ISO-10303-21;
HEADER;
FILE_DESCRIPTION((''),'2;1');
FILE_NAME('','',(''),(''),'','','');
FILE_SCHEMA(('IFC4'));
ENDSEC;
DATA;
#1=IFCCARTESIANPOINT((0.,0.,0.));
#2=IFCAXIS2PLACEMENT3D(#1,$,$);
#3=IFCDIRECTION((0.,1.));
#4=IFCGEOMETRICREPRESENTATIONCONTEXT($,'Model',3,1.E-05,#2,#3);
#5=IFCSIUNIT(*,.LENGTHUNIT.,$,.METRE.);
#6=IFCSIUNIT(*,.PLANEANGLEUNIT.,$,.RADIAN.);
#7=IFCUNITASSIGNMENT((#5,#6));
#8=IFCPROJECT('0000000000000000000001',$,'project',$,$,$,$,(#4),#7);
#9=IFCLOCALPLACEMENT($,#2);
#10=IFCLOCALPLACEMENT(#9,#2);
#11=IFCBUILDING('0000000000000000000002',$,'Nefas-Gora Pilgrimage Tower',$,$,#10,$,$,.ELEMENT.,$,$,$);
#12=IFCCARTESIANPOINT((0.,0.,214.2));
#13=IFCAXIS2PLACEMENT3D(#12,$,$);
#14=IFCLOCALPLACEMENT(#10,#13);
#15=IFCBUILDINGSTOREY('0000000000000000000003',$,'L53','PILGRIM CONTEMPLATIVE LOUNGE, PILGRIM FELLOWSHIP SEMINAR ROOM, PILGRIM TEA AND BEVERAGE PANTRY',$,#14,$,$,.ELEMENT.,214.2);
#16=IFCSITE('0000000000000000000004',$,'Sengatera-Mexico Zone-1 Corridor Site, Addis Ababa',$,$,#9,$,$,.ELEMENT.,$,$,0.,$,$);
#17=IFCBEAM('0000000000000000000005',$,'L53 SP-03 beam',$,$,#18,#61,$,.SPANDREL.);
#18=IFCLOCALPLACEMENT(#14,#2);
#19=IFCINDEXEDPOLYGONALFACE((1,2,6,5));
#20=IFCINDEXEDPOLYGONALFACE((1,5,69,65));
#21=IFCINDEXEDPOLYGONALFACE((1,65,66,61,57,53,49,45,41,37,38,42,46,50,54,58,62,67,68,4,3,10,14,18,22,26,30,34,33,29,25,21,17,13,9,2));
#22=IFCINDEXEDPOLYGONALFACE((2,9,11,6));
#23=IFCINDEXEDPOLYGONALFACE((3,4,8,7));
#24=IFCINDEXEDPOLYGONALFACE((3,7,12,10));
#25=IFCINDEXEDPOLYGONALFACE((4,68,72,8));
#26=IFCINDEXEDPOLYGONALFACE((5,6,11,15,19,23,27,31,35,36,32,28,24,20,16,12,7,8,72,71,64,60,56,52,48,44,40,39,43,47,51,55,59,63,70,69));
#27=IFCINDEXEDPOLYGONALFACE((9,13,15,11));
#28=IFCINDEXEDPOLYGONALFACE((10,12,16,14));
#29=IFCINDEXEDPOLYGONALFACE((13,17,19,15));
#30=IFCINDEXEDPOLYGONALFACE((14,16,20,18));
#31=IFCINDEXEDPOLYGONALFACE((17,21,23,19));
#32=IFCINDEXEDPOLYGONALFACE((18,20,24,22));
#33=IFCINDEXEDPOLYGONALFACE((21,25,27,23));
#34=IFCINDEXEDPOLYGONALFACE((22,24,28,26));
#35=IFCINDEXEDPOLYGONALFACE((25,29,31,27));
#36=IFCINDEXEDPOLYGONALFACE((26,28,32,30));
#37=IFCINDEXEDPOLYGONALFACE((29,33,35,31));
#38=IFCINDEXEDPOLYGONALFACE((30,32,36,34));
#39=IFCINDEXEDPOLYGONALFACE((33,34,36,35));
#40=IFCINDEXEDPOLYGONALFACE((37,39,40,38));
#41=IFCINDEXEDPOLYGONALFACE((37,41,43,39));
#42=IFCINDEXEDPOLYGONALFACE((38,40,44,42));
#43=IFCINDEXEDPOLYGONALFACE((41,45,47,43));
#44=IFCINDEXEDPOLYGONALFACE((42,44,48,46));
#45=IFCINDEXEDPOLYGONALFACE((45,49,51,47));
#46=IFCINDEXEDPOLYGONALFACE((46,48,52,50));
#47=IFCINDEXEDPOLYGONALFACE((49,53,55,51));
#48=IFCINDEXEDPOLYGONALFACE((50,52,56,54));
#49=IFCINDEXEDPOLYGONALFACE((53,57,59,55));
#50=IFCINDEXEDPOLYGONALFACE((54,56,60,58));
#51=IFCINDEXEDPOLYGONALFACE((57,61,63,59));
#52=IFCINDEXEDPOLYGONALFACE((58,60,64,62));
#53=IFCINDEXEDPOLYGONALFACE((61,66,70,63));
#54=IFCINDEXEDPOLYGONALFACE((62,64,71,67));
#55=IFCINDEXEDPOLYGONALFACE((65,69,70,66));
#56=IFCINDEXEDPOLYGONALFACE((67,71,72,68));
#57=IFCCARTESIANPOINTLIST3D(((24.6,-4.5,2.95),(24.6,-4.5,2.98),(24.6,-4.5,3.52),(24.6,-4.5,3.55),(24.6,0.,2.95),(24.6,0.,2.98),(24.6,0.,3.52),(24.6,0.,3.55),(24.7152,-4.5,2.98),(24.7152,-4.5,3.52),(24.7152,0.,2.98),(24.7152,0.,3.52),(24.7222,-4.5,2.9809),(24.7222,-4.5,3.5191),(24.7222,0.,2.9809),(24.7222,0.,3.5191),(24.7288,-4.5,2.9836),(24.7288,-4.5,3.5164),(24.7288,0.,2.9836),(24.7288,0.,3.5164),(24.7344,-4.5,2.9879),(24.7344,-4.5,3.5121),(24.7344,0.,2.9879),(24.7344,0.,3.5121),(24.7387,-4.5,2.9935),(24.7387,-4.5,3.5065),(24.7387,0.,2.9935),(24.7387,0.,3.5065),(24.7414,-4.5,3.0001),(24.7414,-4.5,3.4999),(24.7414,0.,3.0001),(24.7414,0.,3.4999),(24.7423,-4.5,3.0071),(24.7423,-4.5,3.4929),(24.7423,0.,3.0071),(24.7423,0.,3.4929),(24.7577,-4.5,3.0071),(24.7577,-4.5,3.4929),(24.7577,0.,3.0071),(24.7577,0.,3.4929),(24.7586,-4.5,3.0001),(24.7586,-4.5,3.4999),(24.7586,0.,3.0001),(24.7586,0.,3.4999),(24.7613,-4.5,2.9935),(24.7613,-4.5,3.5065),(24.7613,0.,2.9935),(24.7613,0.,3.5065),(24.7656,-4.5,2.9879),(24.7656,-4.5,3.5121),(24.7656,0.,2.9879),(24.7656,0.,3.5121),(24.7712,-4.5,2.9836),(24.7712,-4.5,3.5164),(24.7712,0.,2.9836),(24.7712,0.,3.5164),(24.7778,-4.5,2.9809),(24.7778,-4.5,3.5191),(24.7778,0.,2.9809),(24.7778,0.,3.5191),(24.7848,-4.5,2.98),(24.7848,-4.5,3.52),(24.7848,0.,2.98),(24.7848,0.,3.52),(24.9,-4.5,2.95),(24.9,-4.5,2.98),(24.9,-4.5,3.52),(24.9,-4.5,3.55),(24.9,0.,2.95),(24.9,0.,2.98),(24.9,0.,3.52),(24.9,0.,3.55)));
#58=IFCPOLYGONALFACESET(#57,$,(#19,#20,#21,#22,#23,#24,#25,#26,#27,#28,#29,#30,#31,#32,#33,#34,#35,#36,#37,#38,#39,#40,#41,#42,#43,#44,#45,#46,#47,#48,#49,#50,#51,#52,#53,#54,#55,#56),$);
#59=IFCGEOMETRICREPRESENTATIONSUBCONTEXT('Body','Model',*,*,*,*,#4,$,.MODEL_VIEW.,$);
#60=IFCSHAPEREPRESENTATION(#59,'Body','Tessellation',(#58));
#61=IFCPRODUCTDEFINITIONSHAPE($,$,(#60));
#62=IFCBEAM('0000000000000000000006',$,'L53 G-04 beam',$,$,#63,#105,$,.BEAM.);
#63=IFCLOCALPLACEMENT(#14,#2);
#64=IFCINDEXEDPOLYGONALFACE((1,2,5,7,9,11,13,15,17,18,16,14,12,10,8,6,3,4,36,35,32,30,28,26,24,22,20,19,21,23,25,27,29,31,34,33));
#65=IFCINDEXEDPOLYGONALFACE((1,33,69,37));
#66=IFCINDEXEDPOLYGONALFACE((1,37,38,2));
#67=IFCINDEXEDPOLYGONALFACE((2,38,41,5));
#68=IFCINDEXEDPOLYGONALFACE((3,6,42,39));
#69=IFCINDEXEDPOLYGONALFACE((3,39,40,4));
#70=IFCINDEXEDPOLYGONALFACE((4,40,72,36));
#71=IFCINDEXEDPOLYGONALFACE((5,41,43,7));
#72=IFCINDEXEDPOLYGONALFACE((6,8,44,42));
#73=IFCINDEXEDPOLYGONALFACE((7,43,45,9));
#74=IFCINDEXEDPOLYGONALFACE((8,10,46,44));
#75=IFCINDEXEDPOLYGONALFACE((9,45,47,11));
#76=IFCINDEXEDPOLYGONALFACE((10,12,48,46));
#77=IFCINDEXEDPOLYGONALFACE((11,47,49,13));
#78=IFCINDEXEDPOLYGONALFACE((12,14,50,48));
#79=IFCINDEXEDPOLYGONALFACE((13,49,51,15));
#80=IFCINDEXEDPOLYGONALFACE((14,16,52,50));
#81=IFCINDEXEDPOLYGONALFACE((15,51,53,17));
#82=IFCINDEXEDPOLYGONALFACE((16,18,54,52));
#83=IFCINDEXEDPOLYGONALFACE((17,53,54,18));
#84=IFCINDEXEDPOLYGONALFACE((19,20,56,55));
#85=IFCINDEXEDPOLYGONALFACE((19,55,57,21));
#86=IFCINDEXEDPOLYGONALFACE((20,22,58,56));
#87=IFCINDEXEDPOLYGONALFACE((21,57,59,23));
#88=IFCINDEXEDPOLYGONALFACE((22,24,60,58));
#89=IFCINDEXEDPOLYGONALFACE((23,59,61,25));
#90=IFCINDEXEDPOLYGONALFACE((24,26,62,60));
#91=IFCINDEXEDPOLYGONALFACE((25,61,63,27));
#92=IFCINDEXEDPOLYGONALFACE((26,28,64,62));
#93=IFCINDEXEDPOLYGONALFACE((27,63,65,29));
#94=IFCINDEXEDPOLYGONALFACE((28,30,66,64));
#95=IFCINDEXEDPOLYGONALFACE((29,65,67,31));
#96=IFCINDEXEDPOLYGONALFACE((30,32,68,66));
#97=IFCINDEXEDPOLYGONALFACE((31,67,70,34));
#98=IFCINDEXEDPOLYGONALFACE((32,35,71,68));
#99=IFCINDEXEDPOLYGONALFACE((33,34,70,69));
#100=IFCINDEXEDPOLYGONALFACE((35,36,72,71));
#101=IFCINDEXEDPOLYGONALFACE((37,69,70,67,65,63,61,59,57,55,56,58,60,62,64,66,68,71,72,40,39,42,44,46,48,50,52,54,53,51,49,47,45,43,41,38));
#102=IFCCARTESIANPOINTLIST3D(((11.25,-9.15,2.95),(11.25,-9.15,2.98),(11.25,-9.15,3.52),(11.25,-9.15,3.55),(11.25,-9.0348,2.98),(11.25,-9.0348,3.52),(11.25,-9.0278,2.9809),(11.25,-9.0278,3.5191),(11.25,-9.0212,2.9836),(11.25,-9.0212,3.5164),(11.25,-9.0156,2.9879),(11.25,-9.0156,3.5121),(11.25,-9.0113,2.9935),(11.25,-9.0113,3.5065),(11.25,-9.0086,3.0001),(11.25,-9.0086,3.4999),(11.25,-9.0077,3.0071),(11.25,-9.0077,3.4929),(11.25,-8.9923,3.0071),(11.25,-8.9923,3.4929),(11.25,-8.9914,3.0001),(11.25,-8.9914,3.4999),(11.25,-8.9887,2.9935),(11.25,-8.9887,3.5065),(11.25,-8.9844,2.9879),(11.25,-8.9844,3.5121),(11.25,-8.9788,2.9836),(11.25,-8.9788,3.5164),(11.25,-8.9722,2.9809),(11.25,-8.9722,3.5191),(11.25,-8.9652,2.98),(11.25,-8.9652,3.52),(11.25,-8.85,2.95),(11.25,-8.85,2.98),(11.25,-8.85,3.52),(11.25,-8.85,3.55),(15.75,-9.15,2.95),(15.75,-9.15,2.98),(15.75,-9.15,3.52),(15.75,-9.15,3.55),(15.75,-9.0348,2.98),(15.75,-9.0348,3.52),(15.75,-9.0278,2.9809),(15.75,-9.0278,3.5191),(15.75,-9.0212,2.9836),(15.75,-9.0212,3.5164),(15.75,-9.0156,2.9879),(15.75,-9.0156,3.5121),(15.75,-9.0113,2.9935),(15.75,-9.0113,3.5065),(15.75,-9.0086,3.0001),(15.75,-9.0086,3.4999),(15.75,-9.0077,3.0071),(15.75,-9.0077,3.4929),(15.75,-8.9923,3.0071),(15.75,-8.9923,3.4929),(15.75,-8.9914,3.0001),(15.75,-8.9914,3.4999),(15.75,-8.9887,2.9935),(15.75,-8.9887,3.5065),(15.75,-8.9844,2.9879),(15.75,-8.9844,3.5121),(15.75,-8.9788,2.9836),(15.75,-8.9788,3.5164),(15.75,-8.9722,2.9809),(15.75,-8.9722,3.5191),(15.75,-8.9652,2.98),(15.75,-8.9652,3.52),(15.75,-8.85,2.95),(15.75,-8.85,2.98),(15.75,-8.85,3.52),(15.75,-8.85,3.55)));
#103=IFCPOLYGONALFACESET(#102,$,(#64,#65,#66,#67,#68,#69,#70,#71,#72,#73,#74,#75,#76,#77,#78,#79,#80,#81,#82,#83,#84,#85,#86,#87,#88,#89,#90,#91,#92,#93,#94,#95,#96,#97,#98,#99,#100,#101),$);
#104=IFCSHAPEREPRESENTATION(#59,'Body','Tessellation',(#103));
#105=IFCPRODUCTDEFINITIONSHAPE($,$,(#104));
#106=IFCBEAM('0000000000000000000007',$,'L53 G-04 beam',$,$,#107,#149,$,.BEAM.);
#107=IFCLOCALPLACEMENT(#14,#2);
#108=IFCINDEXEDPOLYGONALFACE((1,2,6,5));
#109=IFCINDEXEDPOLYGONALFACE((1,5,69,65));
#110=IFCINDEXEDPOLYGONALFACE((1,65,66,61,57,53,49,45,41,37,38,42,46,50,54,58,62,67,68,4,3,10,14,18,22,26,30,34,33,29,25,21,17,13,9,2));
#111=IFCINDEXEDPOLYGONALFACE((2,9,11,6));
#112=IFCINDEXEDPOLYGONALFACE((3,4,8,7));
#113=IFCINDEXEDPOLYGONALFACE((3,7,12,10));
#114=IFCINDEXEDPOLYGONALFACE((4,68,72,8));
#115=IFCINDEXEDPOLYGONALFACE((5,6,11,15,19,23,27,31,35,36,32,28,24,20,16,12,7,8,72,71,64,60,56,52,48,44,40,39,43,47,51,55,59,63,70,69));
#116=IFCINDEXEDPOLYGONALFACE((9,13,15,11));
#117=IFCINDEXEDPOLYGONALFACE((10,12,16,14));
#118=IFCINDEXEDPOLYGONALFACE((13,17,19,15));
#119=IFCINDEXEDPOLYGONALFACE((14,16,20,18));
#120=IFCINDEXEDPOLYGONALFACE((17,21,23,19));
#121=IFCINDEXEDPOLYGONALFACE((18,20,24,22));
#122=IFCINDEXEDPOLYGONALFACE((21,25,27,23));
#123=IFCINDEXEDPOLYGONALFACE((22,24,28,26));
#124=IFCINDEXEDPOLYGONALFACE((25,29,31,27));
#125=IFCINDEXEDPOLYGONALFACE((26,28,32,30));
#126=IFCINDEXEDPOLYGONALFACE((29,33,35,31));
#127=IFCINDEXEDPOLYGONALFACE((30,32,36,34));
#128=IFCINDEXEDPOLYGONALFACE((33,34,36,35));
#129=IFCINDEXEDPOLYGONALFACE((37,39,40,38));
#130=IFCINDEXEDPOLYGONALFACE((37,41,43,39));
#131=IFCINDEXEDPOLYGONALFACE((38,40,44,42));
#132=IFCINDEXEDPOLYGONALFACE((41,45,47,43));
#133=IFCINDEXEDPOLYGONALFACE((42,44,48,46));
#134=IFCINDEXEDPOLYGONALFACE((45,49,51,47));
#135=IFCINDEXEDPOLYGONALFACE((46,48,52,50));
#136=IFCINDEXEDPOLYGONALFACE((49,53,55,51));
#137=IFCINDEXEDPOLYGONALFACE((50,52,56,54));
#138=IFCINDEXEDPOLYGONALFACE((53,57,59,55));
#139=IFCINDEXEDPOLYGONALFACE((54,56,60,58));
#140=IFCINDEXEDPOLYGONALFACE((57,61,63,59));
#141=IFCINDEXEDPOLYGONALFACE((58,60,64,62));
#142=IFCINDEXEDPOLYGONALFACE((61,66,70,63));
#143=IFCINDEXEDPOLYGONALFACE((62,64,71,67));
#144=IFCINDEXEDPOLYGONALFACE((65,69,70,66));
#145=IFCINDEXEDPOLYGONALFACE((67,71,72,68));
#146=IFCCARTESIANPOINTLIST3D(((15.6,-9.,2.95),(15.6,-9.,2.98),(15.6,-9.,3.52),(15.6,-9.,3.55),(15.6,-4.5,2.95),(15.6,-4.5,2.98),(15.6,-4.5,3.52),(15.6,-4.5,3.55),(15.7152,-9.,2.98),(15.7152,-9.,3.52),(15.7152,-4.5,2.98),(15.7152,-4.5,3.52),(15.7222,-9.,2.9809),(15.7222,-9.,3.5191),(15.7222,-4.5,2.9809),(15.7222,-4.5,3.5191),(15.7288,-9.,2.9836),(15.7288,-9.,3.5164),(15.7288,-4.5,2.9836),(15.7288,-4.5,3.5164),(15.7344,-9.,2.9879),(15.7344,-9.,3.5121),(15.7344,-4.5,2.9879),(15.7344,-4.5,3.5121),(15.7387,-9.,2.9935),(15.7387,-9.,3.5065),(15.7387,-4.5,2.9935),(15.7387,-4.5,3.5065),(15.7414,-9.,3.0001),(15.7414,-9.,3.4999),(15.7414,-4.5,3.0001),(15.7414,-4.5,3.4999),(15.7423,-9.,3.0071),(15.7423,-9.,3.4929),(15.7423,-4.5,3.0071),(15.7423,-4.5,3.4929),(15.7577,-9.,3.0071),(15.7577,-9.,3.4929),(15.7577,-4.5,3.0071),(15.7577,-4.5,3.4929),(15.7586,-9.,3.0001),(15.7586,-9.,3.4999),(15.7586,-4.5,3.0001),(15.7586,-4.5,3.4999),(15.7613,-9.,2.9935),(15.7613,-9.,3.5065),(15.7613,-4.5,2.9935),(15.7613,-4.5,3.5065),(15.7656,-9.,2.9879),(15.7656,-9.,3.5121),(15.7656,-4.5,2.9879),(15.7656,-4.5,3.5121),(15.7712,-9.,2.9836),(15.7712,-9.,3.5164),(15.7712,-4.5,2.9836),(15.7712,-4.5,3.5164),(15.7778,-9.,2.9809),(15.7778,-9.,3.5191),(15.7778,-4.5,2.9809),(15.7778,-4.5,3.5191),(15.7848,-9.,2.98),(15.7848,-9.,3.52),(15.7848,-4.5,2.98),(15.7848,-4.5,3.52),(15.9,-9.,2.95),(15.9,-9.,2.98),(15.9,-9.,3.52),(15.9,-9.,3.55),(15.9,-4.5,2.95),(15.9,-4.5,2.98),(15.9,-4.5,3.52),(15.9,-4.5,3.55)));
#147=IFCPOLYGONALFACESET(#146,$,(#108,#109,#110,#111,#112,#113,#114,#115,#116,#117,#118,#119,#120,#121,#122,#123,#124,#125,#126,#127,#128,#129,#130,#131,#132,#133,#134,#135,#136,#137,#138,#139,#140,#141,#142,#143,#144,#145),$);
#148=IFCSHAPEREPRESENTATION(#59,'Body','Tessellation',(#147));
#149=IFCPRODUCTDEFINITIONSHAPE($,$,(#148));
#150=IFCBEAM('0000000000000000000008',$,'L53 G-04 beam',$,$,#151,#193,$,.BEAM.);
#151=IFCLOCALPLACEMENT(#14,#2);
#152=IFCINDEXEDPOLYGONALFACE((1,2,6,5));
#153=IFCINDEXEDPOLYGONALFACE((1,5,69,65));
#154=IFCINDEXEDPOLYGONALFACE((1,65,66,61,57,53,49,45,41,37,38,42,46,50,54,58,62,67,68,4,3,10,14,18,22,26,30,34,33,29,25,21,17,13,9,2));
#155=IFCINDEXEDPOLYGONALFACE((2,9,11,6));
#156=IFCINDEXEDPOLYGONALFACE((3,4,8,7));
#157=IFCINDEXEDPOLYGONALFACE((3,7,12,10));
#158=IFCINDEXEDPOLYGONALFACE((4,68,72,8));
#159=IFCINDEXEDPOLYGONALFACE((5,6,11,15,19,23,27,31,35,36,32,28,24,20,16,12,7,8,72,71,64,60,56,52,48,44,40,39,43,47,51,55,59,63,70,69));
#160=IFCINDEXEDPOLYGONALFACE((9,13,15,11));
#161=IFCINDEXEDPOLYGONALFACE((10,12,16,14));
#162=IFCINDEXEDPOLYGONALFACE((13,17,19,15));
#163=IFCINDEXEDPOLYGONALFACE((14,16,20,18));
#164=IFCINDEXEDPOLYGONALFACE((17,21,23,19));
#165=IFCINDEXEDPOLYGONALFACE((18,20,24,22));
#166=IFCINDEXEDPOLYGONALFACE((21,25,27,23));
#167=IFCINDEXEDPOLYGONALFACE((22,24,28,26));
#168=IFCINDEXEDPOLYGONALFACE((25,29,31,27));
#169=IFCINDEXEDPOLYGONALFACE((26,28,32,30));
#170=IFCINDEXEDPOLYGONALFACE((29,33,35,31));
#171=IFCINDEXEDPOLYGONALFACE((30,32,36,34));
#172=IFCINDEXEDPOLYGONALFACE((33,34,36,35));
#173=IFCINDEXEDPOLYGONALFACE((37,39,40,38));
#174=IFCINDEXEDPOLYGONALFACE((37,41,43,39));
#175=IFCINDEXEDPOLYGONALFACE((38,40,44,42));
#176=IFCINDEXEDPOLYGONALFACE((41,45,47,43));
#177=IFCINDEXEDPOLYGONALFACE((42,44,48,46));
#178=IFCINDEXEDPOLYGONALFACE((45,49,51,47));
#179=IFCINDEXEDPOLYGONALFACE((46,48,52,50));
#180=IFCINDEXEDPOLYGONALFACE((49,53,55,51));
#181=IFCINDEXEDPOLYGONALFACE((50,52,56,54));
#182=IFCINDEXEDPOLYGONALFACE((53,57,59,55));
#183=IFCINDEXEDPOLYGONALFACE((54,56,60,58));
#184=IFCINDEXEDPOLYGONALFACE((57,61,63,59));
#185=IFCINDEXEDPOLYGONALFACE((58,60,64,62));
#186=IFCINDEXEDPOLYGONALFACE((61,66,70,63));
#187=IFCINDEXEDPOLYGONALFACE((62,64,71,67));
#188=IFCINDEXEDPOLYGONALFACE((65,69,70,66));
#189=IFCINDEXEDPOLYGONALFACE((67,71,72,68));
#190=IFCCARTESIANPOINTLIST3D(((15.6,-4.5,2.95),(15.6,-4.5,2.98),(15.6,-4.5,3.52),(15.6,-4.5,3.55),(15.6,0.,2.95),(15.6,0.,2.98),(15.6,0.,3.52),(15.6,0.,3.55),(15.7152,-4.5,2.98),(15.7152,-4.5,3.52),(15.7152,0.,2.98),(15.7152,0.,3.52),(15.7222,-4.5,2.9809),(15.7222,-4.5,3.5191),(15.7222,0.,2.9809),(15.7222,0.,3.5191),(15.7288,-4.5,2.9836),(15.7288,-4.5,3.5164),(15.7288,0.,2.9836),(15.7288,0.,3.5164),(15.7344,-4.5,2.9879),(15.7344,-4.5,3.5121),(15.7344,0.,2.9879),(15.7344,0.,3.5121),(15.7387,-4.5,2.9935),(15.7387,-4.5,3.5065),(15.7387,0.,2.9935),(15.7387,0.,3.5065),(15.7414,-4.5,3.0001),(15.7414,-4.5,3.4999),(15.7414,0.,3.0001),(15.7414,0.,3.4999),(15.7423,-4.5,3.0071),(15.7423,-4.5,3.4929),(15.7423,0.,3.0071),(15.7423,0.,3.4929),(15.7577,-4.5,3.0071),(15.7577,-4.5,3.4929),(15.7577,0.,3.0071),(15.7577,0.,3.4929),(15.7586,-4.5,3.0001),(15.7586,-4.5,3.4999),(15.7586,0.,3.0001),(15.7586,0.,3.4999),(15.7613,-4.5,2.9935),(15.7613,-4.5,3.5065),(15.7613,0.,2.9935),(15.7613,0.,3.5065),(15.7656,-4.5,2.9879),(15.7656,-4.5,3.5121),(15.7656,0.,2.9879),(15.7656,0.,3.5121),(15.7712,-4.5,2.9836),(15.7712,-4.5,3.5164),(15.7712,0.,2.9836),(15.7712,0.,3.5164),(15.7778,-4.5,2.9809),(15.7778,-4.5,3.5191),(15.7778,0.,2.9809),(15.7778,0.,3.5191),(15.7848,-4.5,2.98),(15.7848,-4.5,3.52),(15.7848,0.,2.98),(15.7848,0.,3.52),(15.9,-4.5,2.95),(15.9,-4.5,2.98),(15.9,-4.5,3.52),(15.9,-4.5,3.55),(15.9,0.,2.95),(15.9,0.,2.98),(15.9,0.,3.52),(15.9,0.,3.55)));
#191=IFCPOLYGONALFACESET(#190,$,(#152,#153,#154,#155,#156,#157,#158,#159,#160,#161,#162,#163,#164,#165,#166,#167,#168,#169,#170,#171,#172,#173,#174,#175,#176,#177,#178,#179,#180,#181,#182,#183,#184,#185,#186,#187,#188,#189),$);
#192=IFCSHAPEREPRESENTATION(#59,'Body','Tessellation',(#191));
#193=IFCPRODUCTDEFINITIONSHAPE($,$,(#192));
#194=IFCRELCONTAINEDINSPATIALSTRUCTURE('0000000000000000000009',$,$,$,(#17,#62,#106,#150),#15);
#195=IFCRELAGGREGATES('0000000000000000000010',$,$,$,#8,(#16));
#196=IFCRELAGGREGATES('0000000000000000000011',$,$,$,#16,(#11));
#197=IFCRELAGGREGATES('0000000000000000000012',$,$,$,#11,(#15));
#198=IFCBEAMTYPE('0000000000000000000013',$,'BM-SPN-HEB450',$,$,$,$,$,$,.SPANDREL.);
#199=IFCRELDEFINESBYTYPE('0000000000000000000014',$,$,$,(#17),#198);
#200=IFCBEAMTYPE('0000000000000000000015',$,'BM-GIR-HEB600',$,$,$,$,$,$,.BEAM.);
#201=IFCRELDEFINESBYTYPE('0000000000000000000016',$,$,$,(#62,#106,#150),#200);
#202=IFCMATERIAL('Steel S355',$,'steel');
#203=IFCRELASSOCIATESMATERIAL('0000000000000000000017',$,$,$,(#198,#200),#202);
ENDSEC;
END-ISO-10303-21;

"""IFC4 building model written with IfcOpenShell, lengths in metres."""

from ifc_helpers import new_model, si_unit, direction, frame, origin, origin_2d, place, context, subcontext, project, spatial, i_section, extrude, source, transform, mapped, material, material_profile, profile_set, type_object, element, save


model = new_model("IFC4")

# Units and contexts
model_context = context("Model", 3, precision=1e-05, world=origin(), true_north=direction((0.0, 1.0)))
body_context = subcontext(model_context, "Body", "Model", "MODEL_VIEW")
ifc_project = project(units=[si_unit("LENGTHUNIT", "METRE"), si_unit("PLANEANGLEUNIT", "RADIAN")], contexts=[model_context])

# Site, building, storey
site_placement = place(None, origin())
site = spatial("IfcSite", under=ifc_project, at=site_placement, Name="Sengatera-Mexico Zone-1 Corridor Site, Addis Ababa", CompositionType="ELEMENT", RefElevation=0.0)
building_placement = place(site_placement, origin())
building = spatial("IfcBuilding", under=site, at=building_placement, Name="Nefas-Gora Pilgrimage Tower", CompositionType="ELEMENT")
storey_placement = place(building_placement, frame((0.0, 0.0, 214.2)))
storey = spatial("IfcBuildingStorey", under=building, at=storey_placement, Name="L53", Description="PILGRIM CONTEMPLATIVE LOUNGE, PILGRIM FELLOWSHIP SEMINAR ROOM, PILGRIM TEA AND BEVERAGE PANTRY", CompositionType="ELEMENT", Elevation=214.2)

# Beams
ifc_material_1 = material(Name="Steel S355", Category="steel")
ifc_material_profile_1 = material_profile(ifc_material_1, i_section(OverallWidth=0.3, OverallDepth=0.6001, WebThickness=0.0154, FlangeThickness=0.03, FilletRadius=0.0271, at=origin_2d()), Name="HEB 600")
ifc_profile_set_1 = profile_set([ifc_material_profile_1], Name="Steel S355")
beam_type_1 = type_object("IfcBeamType", Name="BM-SPN-HEB450", PredefinedType="SPANDREL", material=ifc_profile_set_1)
shared_shape_1 = source(origin(), body_context, "Body", "SweptSolid", [
    extrude(i_section(OverallWidth=0.3, OverallDepth=0.6001, WebThickness=0.0154, FlangeThickness=0.03, FilletRadius=0.0271, at=origin_2d()), origin(), (0.0, 0.0, 1.0), 4.5),
])
for number, where, z_axis, x_axis, name in (
    (1, (24.75, -4.5, 3.25), (0.0, 1.0, 0.0), (-1.0, 0.0, 0.0), "L53 SP-03 beam"),
):
    element("IfcBeam", number, at=place(storey_placement, frame(where, z_axis=z_axis, x_axis=x_axis)), inside=storey, type_object=beam_type_1, Name=name, PredefinedType="SPANDREL", context=body_context, shape_type="MappedRepresentation", body=[
        mapped(shared_shape_1, transform((0.0, 0.0, 0.0), x_axis=(1.0, 0.0, 0.0), y_axis=(0.0, 1.0, 0.0), z_axis=(0.0, 0.0, 1.0), scale=1.0)),
    ])
ifc_material_profile_2 = material_profile(ifc_material_1, i_section(OverallWidth=0.3, OverallDepth=0.6001, WebThickness=0.0154, FlangeThickness=0.03, FilletRadius=0.0271, at=origin_2d()), Name="HEB 600")
ifc_profile_set_2 = profile_set([ifc_material_profile_2], Name="Steel S355")
beam_type_2 = type_object("IfcBeamType", Name="BM-GIR-HEB600", PredefinedType="BEAM", material=ifc_profile_set_2)
shared_shape_2 = source(origin(), body_context, "Body", "SweptSolid", [
    extrude(i_section(OverallWidth=0.3, OverallDepth=0.6001, WebThickness=0.0154, FlangeThickness=0.03, FilletRadius=0.0271, at=origin_2d()), origin(), (0.0, 0.0, 1.0), 4.5),
])
for number, where, z_axis, x_axis, name in (
    (2, (11.25, -9.0, 3.25), (1.0, 0.0, 0.0), (0.0, 1.0, 0.0), "L53 G-04 beam"),
    (3, (15.75, -9.0, 3.25), (0.0, 1.0, 0.0), (-1.0, 0.0, 0.0), "L53 G-04 beam"),
    (4, (15.75, -4.5, 3.25), (0.0, 1.0, 0.0), (-1.0, 0.0, 0.0), "L53 G-04 beam"),
):
    element("IfcBeam", number, at=place(storey_placement, frame(where, z_axis=z_axis, x_axis=x_axis)), inside=storey, type_object=beam_type_2, Name=name, PredefinedType="BEAM", context=body_context, shape_type="MappedRepresentation", body=[
        mapped(shared_shape_2, transform((0.0, 0.0, 0.0), x_axis=(1.0, 0.0, 0.0), y_axis=(0.0, 1.0, 0.0), z_axis=(0.0, 0.0, 1.0), scale=1.0)),
    ])

save(model, "model.ifc")
